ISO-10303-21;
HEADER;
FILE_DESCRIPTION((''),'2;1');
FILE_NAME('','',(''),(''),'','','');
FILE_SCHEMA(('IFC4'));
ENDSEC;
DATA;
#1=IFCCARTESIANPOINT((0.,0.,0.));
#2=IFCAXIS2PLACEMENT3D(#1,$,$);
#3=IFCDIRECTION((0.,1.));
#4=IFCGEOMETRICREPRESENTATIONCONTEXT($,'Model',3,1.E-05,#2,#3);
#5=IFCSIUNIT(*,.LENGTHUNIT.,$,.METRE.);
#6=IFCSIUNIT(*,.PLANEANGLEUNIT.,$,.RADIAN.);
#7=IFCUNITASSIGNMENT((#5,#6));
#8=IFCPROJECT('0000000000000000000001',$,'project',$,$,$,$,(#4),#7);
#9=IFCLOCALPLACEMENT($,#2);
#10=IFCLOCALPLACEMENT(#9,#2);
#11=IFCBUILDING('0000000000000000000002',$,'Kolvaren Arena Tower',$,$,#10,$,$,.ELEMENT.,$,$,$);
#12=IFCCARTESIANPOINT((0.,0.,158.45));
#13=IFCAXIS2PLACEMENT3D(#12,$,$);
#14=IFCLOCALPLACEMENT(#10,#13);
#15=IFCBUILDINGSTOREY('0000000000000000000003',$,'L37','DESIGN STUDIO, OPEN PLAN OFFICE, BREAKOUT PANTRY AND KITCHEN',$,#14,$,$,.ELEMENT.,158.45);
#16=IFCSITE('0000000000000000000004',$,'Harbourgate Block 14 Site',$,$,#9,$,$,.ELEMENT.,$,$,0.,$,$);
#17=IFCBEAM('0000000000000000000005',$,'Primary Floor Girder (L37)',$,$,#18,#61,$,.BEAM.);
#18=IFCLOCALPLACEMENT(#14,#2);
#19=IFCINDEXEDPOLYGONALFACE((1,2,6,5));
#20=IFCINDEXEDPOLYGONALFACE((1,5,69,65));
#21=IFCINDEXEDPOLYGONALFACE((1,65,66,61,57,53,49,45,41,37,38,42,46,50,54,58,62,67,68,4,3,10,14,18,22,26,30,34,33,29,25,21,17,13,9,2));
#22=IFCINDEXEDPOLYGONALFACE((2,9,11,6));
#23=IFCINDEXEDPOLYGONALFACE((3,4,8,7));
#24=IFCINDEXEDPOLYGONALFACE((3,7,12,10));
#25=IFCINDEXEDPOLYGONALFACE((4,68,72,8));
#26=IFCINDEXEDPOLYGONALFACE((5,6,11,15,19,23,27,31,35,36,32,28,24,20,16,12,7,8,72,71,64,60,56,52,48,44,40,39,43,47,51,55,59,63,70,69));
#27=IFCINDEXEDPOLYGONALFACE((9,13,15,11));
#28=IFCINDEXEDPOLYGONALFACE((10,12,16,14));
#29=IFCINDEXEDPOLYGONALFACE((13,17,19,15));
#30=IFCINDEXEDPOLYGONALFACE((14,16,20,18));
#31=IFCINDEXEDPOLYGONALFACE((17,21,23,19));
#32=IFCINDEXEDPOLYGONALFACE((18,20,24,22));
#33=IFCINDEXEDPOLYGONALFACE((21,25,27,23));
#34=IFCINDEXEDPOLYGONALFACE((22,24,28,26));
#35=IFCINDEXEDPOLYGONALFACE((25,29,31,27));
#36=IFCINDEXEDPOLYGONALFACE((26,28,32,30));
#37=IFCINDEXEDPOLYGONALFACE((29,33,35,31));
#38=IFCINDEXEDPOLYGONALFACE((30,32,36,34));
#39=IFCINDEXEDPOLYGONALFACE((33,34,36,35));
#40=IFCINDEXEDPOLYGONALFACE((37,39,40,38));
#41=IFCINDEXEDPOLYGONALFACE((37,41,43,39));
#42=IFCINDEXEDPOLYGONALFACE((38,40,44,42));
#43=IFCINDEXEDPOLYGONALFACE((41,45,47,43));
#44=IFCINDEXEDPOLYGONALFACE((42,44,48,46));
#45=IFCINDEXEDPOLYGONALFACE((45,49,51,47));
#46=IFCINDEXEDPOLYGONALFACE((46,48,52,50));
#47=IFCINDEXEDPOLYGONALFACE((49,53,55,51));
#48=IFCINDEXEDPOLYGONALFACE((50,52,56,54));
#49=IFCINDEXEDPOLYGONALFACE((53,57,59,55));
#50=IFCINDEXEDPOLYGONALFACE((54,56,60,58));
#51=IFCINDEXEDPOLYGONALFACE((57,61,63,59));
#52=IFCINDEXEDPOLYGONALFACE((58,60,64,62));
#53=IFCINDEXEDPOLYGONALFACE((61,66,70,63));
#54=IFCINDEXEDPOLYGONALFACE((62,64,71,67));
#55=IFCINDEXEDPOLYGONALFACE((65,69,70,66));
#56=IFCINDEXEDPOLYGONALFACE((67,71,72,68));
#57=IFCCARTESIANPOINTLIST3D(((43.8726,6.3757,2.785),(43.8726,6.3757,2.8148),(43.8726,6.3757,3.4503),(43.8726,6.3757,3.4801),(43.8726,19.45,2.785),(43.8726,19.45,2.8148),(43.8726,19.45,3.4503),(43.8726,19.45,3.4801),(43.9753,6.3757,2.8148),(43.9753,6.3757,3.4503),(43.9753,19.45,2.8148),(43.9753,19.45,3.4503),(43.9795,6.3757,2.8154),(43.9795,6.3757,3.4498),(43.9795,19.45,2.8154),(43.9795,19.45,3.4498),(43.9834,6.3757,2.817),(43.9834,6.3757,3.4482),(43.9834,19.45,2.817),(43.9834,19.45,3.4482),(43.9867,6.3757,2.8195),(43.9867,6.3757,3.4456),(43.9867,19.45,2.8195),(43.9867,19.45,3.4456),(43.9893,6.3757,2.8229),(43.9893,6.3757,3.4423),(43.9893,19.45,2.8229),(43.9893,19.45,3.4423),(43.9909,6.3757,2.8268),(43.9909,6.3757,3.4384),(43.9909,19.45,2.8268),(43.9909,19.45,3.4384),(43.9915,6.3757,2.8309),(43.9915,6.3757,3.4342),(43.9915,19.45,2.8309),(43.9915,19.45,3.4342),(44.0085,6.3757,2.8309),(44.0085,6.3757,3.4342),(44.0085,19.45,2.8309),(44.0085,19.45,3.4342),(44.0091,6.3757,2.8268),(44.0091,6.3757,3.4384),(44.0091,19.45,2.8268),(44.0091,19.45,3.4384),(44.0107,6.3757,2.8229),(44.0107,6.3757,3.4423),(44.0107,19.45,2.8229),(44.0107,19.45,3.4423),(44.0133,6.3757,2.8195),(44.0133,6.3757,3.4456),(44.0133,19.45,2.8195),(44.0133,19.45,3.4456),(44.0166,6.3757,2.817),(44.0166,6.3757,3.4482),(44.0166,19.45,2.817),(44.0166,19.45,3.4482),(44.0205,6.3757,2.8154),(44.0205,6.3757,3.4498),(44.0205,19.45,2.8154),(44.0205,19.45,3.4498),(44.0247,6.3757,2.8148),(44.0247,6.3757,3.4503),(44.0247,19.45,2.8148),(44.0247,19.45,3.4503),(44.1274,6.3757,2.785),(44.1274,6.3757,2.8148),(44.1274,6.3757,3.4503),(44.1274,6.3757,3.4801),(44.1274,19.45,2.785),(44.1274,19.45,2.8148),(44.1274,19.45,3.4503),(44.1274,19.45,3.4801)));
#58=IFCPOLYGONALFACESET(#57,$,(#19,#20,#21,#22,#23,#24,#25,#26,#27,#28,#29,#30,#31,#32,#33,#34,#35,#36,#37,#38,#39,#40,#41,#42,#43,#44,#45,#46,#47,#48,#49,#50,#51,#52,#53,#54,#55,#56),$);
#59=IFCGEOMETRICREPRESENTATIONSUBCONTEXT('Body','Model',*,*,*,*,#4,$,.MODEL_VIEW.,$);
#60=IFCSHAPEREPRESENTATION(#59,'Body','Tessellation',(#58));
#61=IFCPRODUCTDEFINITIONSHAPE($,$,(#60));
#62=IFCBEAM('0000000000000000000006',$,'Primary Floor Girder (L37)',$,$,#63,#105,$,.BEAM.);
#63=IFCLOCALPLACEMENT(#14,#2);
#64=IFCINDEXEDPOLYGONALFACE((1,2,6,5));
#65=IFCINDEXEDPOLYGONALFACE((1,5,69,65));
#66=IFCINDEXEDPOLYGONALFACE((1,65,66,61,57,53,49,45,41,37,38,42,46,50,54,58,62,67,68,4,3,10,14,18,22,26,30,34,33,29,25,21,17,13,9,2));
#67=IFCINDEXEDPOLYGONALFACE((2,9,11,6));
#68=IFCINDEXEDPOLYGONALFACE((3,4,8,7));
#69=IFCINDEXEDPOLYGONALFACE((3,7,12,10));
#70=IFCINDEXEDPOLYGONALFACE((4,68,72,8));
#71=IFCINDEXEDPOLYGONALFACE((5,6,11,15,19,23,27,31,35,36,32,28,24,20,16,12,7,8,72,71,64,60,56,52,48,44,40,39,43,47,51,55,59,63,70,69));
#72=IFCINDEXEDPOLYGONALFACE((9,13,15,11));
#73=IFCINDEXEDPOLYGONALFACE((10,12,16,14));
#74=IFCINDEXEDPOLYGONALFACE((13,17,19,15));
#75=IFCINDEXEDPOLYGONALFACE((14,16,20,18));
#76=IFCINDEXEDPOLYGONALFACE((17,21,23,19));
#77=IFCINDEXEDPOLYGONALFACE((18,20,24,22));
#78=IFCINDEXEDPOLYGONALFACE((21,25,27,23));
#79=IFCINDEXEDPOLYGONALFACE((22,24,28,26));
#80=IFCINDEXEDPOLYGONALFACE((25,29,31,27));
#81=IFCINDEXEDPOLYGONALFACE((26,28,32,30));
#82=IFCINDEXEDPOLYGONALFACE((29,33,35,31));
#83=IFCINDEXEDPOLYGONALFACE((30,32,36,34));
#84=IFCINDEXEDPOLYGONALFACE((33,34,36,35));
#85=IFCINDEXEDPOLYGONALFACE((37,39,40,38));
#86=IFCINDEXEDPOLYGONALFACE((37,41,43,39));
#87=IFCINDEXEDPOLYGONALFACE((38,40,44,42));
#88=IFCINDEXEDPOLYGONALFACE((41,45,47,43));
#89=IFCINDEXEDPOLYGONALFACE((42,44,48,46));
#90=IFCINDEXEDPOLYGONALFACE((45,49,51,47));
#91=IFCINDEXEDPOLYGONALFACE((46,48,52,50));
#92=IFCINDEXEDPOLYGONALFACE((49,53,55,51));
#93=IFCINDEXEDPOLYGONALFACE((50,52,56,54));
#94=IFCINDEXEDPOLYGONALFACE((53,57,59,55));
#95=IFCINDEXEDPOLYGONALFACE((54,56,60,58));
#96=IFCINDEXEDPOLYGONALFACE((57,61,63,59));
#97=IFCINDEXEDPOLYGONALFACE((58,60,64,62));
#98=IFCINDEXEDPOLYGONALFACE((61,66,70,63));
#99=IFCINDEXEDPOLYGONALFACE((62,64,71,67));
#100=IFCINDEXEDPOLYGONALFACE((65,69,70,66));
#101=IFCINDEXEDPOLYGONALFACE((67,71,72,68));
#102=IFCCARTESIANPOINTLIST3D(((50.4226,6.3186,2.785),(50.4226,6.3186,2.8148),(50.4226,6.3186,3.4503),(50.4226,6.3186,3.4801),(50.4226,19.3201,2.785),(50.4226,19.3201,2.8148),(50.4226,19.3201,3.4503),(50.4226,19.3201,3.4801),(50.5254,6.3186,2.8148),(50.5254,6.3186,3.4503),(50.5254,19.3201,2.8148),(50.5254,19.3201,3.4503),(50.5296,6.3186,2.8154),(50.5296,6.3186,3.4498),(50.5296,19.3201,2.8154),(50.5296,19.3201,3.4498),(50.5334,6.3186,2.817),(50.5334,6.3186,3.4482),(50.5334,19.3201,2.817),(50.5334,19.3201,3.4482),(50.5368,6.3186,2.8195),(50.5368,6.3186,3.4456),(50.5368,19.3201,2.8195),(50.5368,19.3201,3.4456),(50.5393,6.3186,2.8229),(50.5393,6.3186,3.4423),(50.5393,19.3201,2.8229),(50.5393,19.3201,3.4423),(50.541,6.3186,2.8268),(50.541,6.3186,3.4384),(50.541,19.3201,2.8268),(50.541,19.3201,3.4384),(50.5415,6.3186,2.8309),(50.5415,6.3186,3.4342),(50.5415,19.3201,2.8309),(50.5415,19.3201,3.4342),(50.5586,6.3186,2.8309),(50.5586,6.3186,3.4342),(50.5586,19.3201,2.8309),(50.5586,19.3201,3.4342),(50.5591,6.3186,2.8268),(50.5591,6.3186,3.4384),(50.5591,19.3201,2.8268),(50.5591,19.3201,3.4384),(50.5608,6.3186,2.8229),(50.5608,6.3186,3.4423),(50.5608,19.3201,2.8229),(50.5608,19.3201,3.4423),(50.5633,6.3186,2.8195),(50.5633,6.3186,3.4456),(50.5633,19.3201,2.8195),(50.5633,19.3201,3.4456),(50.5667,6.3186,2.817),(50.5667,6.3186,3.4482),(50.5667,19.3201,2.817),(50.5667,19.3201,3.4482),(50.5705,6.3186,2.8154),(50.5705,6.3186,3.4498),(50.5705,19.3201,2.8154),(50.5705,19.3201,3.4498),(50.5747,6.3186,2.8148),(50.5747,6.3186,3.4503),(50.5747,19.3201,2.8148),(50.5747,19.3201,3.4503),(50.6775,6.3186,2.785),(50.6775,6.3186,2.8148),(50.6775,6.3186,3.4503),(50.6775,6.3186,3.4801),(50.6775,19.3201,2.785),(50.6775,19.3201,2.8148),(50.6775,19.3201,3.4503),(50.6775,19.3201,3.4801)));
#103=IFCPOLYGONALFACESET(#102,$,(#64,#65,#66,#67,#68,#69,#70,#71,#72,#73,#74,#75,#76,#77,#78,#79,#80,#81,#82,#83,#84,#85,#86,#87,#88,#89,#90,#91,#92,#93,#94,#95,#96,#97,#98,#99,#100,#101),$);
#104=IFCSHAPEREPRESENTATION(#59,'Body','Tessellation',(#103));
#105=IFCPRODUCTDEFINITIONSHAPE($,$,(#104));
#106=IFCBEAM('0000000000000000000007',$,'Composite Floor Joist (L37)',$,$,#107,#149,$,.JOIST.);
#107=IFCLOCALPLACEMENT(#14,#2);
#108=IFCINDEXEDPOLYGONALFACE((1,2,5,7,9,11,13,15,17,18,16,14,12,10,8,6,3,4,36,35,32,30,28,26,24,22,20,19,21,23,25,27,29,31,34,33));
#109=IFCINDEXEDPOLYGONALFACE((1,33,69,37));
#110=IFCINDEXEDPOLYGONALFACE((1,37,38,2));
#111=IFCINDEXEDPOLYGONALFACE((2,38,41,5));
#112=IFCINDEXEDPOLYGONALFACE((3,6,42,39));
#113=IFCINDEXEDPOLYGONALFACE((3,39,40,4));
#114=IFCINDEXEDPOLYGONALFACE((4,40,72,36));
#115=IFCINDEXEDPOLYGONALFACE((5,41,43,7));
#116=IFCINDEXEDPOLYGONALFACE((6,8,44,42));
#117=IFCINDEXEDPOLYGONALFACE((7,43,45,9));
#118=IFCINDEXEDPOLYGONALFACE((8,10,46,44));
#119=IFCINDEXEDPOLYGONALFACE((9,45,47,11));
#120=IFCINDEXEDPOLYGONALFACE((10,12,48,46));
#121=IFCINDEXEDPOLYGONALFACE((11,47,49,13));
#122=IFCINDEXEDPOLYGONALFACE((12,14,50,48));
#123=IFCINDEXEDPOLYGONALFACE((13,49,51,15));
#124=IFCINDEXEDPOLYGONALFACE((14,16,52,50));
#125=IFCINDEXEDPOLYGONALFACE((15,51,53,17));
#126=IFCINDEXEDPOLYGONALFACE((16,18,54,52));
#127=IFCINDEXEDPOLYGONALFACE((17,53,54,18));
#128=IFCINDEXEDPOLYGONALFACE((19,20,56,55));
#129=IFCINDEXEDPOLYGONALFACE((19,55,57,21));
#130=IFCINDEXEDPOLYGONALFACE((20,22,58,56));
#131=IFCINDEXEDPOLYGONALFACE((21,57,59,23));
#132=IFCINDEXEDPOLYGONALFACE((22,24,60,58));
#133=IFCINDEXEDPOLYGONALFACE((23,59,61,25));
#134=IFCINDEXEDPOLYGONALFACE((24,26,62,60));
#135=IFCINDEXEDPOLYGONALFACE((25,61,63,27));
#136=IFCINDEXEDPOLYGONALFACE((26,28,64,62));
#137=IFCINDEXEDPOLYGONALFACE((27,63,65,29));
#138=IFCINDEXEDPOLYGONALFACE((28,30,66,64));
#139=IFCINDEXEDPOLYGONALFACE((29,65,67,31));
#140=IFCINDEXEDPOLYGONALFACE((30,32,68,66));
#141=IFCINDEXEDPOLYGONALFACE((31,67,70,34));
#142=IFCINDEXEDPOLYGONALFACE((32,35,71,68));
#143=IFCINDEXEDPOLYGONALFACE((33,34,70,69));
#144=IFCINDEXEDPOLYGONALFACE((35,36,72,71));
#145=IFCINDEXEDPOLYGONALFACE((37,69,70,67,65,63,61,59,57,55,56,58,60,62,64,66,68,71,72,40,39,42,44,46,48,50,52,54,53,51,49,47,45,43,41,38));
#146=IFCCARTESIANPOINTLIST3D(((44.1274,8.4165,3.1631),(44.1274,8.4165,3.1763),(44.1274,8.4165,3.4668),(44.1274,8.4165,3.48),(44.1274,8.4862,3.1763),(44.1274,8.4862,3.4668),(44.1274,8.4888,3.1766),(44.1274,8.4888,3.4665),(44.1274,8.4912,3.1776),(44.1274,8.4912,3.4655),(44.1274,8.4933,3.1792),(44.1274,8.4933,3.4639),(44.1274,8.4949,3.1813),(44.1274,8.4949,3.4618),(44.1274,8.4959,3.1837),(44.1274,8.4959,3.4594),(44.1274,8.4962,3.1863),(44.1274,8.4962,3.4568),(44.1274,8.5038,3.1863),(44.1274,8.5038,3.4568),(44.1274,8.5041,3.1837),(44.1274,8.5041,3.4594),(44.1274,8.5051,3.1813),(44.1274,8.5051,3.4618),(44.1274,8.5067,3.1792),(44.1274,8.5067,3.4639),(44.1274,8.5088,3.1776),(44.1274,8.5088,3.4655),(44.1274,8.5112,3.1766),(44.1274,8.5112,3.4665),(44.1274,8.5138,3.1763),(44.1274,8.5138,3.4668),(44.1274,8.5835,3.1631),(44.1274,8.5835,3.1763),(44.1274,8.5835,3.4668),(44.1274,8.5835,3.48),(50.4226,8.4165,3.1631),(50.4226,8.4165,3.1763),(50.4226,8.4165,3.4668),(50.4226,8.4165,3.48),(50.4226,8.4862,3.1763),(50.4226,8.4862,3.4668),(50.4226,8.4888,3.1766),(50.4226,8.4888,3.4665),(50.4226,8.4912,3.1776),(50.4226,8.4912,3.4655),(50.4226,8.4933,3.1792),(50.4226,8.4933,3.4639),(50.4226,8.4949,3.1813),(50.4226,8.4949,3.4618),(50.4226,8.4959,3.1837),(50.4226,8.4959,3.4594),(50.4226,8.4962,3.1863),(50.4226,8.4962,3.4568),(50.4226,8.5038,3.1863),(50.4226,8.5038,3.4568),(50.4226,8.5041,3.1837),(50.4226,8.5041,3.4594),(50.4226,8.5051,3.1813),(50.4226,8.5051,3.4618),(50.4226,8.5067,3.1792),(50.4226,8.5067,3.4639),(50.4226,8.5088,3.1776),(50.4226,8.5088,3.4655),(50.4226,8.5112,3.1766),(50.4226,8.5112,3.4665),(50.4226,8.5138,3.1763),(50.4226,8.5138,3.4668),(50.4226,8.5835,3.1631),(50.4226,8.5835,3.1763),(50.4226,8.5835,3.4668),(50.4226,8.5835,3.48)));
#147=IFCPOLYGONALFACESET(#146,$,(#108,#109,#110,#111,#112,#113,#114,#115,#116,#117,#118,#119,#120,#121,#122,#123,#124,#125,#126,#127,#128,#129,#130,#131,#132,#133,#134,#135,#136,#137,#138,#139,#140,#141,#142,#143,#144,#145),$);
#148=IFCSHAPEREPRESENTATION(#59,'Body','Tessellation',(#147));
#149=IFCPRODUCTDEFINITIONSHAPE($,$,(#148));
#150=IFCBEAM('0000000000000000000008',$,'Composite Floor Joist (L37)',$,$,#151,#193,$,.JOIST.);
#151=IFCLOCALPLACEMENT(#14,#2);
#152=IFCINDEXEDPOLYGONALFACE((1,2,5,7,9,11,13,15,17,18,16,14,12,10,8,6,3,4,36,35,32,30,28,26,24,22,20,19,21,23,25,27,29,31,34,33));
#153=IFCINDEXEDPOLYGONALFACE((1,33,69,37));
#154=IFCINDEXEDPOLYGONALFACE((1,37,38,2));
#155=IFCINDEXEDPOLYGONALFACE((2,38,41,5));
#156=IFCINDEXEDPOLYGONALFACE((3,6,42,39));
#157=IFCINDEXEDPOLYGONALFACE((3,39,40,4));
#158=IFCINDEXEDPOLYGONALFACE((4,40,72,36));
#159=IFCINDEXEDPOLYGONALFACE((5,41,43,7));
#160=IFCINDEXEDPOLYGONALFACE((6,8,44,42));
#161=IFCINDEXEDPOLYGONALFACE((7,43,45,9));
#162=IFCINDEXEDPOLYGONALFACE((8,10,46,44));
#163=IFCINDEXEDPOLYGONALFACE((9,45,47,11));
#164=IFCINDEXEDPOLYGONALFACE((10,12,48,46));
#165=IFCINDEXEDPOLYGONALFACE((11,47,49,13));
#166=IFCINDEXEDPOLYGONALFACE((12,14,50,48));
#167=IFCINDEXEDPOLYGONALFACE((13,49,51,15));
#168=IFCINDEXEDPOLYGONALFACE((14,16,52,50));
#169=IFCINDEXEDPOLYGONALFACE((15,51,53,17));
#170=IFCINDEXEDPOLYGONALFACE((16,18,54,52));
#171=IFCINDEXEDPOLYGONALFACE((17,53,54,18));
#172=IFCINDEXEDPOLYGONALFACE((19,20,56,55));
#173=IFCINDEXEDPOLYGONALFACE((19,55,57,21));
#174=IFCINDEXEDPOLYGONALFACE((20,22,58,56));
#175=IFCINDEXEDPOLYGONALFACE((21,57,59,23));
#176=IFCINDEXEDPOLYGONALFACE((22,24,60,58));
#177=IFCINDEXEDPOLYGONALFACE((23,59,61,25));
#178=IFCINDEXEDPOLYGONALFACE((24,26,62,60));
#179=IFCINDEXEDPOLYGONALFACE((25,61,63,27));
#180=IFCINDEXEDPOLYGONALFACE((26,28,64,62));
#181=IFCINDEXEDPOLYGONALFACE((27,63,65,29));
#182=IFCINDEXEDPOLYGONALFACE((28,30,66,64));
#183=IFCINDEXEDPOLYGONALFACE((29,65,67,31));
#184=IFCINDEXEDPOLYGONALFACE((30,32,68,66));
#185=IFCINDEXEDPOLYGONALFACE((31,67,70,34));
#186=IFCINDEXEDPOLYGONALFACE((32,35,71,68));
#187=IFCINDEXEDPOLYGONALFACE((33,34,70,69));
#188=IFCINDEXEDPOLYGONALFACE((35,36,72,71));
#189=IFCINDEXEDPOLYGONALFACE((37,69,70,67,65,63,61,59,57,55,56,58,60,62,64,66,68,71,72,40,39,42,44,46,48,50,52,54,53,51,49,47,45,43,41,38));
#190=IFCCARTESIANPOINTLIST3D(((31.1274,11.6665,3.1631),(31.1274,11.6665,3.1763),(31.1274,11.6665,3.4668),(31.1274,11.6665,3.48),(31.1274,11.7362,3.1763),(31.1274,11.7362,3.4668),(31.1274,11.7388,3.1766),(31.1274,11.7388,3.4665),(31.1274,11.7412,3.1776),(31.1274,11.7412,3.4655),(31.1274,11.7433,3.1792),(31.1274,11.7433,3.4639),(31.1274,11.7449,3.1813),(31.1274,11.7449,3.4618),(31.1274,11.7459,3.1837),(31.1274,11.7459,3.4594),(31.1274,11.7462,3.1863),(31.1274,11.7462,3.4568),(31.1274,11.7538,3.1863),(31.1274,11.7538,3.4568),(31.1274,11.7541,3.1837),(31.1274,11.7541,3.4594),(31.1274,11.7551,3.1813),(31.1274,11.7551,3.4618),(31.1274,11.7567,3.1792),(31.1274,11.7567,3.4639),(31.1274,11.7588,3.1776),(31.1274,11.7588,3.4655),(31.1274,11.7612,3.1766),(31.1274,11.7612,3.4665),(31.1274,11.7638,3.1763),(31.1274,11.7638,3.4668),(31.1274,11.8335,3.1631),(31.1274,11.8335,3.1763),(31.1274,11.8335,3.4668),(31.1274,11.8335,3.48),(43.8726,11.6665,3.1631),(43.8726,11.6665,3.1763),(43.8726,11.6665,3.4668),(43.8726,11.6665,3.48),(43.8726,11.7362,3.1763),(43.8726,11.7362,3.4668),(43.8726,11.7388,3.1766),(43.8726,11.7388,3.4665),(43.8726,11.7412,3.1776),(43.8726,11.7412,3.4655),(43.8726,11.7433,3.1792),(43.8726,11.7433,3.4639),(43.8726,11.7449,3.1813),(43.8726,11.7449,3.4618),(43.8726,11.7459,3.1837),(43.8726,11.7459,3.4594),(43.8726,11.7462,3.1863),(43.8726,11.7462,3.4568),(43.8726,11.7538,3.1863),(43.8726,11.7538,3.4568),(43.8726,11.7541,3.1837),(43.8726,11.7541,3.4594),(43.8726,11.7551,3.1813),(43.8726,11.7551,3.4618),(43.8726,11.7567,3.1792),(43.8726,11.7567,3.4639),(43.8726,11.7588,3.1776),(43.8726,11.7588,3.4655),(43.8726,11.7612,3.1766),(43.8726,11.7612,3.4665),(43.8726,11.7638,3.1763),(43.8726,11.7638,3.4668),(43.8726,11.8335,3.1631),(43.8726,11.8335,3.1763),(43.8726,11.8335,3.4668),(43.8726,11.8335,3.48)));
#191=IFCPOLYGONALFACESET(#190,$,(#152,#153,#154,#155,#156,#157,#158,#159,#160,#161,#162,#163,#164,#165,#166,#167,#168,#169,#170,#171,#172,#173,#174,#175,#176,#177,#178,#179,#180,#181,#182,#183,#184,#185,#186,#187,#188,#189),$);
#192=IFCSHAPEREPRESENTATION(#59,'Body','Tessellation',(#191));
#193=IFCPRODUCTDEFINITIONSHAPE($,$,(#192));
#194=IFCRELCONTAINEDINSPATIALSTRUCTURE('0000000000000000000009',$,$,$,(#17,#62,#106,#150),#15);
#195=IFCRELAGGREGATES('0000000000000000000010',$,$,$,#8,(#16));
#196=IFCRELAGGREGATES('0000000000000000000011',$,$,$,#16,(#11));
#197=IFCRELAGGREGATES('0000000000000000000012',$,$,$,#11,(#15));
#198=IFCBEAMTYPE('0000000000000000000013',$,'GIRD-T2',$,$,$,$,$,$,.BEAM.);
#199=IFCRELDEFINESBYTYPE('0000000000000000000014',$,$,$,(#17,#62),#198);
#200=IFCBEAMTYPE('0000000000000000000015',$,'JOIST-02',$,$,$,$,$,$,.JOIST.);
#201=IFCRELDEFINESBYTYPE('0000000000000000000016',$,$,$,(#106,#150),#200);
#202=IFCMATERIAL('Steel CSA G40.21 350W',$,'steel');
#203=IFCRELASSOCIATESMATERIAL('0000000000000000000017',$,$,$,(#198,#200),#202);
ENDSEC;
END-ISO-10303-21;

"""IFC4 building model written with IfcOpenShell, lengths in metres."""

from ifc_helpers import new_model, si_unit, direction, frame, origin, origin_2d, place, context, subcontext, project, spatial, i_section, extrude, material, material_profile, profile_set, type_object, element, save


model = new_model("IFC4")

# Units and contexts
model_context = context("Model", 3, precision=1e-05, world=origin(), true_north=direction((0.0, 1.0)))
body_context = subcontext(model_context, "Body", "Model", "MODEL_VIEW")
ifc_project = project(units=[si_unit("LENGTHUNIT", "METRE"), si_unit("PLANEANGLEUNIT", "RADIAN")], contexts=[model_context])

# Site, building, storey
site_placement = place(None, origin())
site = spatial("IfcSite", under=ifc_project, at=site_placement, Name="Harbourgate Block 14 Site", CompositionType="ELEMENT", RefElevation=0.0)
building_placement = place(site_placement, origin())
building = spatial("IfcBuilding", under=site, at=building_placement, Name="Kolvaren Arena Tower", CompositionType="ELEMENT")
storey_placement = place(building_placement, frame((0.0, 0.0, 158.45)))
storey = spatial("IfcBuildingStorey", under=building, at=storey_placement, Name="L37", Description="DESIGN STUDIO, OPEN PLAN OFFICE, BREAKOUT PANTRY AND KITCHEN", CompositionType="ELEMENT", Elevation=158.45)

# Beams
ifc_material_1 = material(Name="Steel CSA G40.21 350W", Category="steel")
ifc_material_profile_1 = material_profile(ifc_material_1, i_section(OverallWidth=0.2549, OverallDepth=0.6951, WebThickness=0.0171, FlangeThickness=0.0298, FilletRadius=0.0161, at=origin_2d()), Name="W690x217")
ifc_profile_set_1 = profile_set([ifc_material_profile_1], Name="Steel CSA G40.21 350W")
beam_type_1 = type_object("IfcBeamType", Name="GIRD-T2", PredefinedType="BEAM", material=ifc_profile_set_1)
beam_1_placement = place(storey_placement, frame((44.0, 6.3757, 3.1326), z_axis=(0.0, 1.0, 0.0), x_axis=(-1.0, 0.0, 0.0)))
element("IfcBeam", 1, at=beam_1_placement, inside=storey, type_object=beam_type_1, Name="Primary Floor Girder (L37)", PredefinedType="BEAM", context=body_context, shape_type="SweptSolid", body=[
    extrude(i_section(OverallWidth=0.2549, OverallDepth=0.6951, WebThickness=0.0171, FlangeThickness=0.0298, FilletRadius=0.0161, at=origin_2d()), origin(), (0.0, 0.0, 1.0), 13.0742),
])
beam_2_placement = place(storey_placement, frame((50.55, 6.3186, 3.1326), z_axis=(0.0, 1.0, 0.0), x_axis=(-1.0, 0.0, 0.0)))
element("IfcBeam", 2, at=beam_2_placement, inside=storey, type_object=beam_type_1, Name="Primary Floor Girder (L37)", PredefinedType="BEAM", context=body_context, shape_type="SweptSolid", body=[
    extrude(i_section(OverallWidth=0.2549, OverallDepth=0.6951, WebThickness=0.0171, FlangeThickness=0.0298, FilletRadius=0.0161, at=origin_2d()), origin(), (0.0, 0.0, 1.0), 13.0015),
])
ifc_material_profile_2 = material_profile(ifc_material_1, i_section(OverallWidth=0.167, OverallDepth=0.3169, WebThickness=0.0076, FlangeThickness=0.0132, FilletRadius=0.01, at=origin_2d()), Name="W310x52")
ifc_profile_set_2 = profile_set([ifc_material_profile_2], Name="Steel CSA G40.21 350W")
beam_type_2 = type_object("IfcBeamType", Name="JOIST-02", PredefinedType="JOIST", material=ifc_profile_set_2)
beam_3_placement = place(storey_placement, frame((44.1274, 8.5, 3.3215), z_axis=(1.0, 0.0, 0.0), x_axis=(0.0, 1.0, 0.0)))
element("IfcBeam", 3, at=beam_3_placement, inside=storey, type_object=beam_type_2, Name="Composite Floor Joist (L37)", PredefinedType="JOIST", context=body_context, shape_type="SweptSolid", body=[
    extrude(i_section(OverallWidth=0.167, OverallDepth=0.3169, WebThickness=0.0076, FlangeThickness=0.0132, FilletRadius=0.01, at=origin_2d()), origin(), (0.0, 0.0, 1.0), 6.2952),
])
beam_4_placement = place(storey_placement, frame((31.1274, 11.75, 3.3215), z_axis=(1.0, 0.0, 0.0), x_axis=(0.0, 1.0, 0.0)))
element("IfcBeam", 4, at=beam_4_placement, inside=storey, type_object=beam_type_2, Name="Composite Floor Joist (L37)", PredefinedType="JOIST", context=body_context, shape_type="SweptSolid", body=[
    extrude(i_section(OverallWidth=0.167, OverallDepth=0.3169, WebThickness=0.0076, FlangeThickness=0.0132, FilletRadius=0.01, at=origin_2d()), origin(), (0.0, 0.0, 1.0), 12.7451),
])

save(model, "model.ifc")
